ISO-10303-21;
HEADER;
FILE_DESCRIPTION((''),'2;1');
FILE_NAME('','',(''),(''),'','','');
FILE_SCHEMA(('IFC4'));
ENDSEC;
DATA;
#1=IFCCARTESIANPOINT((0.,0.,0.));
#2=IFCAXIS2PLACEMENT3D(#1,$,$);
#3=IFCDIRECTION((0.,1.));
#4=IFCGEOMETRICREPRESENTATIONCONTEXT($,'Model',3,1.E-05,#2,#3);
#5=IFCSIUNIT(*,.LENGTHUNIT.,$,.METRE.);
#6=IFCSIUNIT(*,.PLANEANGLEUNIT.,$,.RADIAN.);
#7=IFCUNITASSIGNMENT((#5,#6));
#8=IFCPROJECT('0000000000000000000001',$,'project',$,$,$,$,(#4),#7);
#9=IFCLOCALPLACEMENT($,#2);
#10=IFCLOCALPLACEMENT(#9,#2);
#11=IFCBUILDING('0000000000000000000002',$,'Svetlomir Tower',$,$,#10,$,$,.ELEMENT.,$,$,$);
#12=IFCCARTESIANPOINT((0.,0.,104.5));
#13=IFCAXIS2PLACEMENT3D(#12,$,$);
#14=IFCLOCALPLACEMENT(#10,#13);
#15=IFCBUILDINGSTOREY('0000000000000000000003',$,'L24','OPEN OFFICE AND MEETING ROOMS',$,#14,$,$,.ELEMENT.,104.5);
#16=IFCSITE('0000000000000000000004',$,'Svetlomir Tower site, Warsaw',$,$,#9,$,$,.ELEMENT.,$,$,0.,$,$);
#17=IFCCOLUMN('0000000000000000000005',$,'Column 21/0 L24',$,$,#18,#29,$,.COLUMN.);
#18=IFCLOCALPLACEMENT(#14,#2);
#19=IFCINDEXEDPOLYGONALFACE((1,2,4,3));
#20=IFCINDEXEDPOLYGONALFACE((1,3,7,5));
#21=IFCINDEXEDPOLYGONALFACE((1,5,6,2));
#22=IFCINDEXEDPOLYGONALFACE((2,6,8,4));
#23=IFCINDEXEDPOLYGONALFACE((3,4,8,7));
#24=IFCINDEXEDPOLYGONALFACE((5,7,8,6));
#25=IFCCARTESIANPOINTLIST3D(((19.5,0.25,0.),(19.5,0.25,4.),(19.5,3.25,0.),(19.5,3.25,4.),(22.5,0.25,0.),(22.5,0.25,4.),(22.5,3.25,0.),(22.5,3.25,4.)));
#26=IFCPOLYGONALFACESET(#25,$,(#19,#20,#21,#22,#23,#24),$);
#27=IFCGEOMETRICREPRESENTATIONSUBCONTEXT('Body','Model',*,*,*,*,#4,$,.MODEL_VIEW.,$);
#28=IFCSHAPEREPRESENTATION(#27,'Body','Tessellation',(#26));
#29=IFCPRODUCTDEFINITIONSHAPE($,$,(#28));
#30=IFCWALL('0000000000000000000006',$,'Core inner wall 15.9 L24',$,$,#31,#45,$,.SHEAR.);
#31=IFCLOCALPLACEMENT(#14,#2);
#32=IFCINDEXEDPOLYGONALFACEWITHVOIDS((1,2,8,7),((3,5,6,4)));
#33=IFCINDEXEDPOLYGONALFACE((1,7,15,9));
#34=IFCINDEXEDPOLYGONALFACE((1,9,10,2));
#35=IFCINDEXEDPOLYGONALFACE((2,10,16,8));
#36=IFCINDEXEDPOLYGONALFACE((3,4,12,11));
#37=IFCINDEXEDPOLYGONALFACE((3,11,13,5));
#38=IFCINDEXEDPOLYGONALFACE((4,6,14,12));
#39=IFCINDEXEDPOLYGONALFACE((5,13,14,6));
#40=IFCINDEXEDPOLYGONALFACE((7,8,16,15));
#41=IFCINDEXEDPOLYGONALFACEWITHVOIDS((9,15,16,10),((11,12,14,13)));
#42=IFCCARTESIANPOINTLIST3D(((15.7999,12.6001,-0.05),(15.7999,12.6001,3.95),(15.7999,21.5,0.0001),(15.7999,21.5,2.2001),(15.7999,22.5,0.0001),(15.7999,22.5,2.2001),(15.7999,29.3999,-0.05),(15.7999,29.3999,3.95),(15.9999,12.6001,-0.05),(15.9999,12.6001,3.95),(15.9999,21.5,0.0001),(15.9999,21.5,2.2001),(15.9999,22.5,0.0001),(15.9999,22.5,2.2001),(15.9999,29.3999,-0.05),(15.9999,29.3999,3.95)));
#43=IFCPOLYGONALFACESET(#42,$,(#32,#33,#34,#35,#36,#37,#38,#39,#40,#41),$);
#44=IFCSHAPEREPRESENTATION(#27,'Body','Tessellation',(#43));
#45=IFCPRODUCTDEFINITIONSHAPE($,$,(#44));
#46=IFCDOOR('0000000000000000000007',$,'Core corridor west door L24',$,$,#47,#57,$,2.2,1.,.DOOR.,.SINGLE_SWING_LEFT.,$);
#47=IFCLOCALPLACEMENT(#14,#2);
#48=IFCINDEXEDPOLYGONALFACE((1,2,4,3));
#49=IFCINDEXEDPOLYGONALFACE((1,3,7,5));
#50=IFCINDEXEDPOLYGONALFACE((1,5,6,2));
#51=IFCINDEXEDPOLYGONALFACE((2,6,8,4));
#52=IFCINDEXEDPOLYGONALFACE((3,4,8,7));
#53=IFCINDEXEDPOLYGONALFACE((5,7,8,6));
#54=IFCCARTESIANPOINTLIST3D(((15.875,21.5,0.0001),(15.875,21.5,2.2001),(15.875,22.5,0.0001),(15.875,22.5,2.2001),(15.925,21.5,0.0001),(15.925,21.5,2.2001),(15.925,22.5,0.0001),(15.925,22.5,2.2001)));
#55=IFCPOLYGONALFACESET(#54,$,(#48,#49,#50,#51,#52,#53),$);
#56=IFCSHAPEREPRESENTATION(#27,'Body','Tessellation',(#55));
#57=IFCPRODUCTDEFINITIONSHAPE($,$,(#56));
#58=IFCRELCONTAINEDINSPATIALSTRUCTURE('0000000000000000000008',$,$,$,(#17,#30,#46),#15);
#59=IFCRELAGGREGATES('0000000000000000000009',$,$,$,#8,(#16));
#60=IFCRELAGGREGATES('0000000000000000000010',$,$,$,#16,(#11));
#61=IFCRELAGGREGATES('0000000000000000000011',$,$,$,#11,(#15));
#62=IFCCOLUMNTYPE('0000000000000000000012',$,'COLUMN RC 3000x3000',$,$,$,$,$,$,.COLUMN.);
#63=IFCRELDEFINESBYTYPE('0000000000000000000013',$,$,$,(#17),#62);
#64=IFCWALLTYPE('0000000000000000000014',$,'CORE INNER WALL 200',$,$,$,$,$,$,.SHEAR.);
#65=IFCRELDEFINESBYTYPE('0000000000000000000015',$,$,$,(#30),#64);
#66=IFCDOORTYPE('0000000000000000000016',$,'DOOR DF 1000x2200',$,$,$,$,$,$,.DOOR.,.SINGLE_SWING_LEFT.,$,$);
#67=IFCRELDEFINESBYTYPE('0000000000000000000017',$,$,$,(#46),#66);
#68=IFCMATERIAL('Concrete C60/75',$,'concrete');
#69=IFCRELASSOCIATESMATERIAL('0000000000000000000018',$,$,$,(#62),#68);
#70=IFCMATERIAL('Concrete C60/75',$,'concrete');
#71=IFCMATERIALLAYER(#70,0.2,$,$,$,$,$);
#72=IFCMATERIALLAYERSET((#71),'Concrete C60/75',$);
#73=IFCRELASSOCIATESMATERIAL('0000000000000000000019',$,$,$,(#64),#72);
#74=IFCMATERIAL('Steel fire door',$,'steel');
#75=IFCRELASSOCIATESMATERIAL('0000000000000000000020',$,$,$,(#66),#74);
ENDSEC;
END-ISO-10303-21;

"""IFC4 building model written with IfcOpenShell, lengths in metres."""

from ifc_helpers import new_model, si_unit, direction, frame, frame_2d, origin, origin_2d, place, context, subcontext, project, spatial, rectangle, extrude, material, layer, layer_set, material_profile, profile_set, type_object, element, fill, save


model = new_model("IFC4")

# Units and contexts
model_context = context("Model", 3, precision=1e-05, world=origin(), true_north=direction((0.0, 1.0)))
body_context = subcontext(model_context, "Body", "Model", "MODEL_VIEW")
ifc_project = project(units=[si_unit("LENGTHUNIT", "METRE"), si_unit("PLANEANGLEUNIT", "RADIAN")], contexts=[model_context])

# Site, building, storey
site_placement = place(None, origin())
site = spatial("IfcSite", under=ifc_project, at=site_placement, Name="Svetlomir Tower site, Warsaw", CompositionType="ELEMENT", RefElevation=0.0)
building_placement = place(site_placement, origin())
building = spatial("IfcBuilding", under=site, at=building_placement, Name="Svetlomir Tower", CompositionType="ELEMENT")
storey_placement = place(building_placement, frame((0.0, 0.0, 104.5)))
storey = spatial("IfcBuildingStorey", under=building, at=storey_placement, Name="L24", Description="OPEN OFFICE AND MEETING ROOMS", CompositionType="ELEMENT", Elevation=104.5)

# Column
ifc_material_1 = material(Name="Concrete C60/75", Category="concrete")
ifc_material_profile = material_profile(ifc_material_1, rectangle(XDim=3.0, YDim=3.0, at=origin_2d()), Name="RC 3000x3000")
ifc_profile_set = profile_set([ifc_material_profile], Name="Concrete C60/75")
column_type = type_object("IfcColumnType", Name="COLUMN RC 3000x3000", PredefinedType="COLUMN", material=ifc_profile_set)
column_placement = place(storey_placement, frame((21.0, 1.75, 0.0), z_axis=(0.0, 0.0, 1.0), x_axis=(1.0, 0.0, 0.0)))
element("IfcColumn", 1, at=column_placement, inside=storey, type_object=column_type, Name="Column 21/0 L24", PredefinedType="COLUMN", context=body_context, shape_type="SweptSolid", body=[
    extrude(rectangle(XDim=3.0, YDim=3.0, at=origin_2d()), origin(), (0.0, 0.0, 1.0), 4.0),
])

# Wall, opening, door
ifc_material_2 = material(Name="Concrete C60/75", Category="concrete")
ifc_layer_1 = layer(ifc_material_2, 0.2)
ifc_layer_set_1 = layer_set([ifc_layer_1], Name="Concrete C60/75")
wall_type_1 = type_object("IfcWallType", Name="CORE INNER WALL 200", PredefinedType="SHEAR", material=ifc_layer_set_1)
wall_1_placement = place(storey_placement, frame((15.8999, 12.6001, -0.05), z_axis=(0.0, 0.0, 1.0), x_axis=(0.0, 1.0, 0.0)))
wall_1 = element("IfcWall", 2, at=wall_1_placement, inside=storey, type_object=wall_type_1, Name="Core inner wall 15.9 L24", PredefinedType="SHEAR", context=body_context, shape_type="SweptSolid", body=[
    extrude(rectangle(XDim=16.7998, YDim=0.2, at=frame_2d((8.3999, 0.0))), origin(), (0.0, 0.0, 1.0), 4.0),
])
opening_1_placement = place(wall_1_placement, frame((8.8999, 0.0, 0.05)))
opening_1 = element("IfcOpeningElement", 3, at=opening_1_placement, cuts=wall_1, PredefinedType="OPENING", context=body_context, shape_type="SweptSolid", body=[
    extrude(rectangle(XDim=1.0, YDim=2.2, at=frame_2d((0.5, 1.1001))), frame((0.0, 0.1099, 0.0), z_axis=(0.0, -1.0, 0.0), x_axis=(1.0, 0.0, 0.0)), (0.0, 0.0, 1.0), 0.22),
])
ifc_material_3 = material(Name="Steel fire door", Category="steel")
door_type_1 = type_object("IfcDoorType", Name="DOOR DF 1000x2200", OperationType="SINGLE_SWING_LEFT", PredefinedType="DOOR", material=ifc_material_3)
door_1_placement = place(opening_1_placement, origin())
door_1 = element("IfcDoor", 4, at=door_1_placement, inside=storey, type_object=door_type_1, Name="Core corridor west door L24", OperationType="SINGLE_SWING_LEFT", OverallHeight=2.2, OverallWidth=1.0, PredefinedType="DOOR", context=body_context, shape_type="SweptSolid", body=[
    extrude(rectangle(XDim=1.0, YDim=2.2, at=frame_2d((0.5, 1.1001))), frame((0.0, 0.0249, 0.0), z_axis=(0.0, -1.0, 0.0), x_axis=(1.0, 0.0, 0.0)), (0.0, 0.0, 1.0), 0.05),
])
fill(opening_1, door_1)

save(model, "model.ifc")
